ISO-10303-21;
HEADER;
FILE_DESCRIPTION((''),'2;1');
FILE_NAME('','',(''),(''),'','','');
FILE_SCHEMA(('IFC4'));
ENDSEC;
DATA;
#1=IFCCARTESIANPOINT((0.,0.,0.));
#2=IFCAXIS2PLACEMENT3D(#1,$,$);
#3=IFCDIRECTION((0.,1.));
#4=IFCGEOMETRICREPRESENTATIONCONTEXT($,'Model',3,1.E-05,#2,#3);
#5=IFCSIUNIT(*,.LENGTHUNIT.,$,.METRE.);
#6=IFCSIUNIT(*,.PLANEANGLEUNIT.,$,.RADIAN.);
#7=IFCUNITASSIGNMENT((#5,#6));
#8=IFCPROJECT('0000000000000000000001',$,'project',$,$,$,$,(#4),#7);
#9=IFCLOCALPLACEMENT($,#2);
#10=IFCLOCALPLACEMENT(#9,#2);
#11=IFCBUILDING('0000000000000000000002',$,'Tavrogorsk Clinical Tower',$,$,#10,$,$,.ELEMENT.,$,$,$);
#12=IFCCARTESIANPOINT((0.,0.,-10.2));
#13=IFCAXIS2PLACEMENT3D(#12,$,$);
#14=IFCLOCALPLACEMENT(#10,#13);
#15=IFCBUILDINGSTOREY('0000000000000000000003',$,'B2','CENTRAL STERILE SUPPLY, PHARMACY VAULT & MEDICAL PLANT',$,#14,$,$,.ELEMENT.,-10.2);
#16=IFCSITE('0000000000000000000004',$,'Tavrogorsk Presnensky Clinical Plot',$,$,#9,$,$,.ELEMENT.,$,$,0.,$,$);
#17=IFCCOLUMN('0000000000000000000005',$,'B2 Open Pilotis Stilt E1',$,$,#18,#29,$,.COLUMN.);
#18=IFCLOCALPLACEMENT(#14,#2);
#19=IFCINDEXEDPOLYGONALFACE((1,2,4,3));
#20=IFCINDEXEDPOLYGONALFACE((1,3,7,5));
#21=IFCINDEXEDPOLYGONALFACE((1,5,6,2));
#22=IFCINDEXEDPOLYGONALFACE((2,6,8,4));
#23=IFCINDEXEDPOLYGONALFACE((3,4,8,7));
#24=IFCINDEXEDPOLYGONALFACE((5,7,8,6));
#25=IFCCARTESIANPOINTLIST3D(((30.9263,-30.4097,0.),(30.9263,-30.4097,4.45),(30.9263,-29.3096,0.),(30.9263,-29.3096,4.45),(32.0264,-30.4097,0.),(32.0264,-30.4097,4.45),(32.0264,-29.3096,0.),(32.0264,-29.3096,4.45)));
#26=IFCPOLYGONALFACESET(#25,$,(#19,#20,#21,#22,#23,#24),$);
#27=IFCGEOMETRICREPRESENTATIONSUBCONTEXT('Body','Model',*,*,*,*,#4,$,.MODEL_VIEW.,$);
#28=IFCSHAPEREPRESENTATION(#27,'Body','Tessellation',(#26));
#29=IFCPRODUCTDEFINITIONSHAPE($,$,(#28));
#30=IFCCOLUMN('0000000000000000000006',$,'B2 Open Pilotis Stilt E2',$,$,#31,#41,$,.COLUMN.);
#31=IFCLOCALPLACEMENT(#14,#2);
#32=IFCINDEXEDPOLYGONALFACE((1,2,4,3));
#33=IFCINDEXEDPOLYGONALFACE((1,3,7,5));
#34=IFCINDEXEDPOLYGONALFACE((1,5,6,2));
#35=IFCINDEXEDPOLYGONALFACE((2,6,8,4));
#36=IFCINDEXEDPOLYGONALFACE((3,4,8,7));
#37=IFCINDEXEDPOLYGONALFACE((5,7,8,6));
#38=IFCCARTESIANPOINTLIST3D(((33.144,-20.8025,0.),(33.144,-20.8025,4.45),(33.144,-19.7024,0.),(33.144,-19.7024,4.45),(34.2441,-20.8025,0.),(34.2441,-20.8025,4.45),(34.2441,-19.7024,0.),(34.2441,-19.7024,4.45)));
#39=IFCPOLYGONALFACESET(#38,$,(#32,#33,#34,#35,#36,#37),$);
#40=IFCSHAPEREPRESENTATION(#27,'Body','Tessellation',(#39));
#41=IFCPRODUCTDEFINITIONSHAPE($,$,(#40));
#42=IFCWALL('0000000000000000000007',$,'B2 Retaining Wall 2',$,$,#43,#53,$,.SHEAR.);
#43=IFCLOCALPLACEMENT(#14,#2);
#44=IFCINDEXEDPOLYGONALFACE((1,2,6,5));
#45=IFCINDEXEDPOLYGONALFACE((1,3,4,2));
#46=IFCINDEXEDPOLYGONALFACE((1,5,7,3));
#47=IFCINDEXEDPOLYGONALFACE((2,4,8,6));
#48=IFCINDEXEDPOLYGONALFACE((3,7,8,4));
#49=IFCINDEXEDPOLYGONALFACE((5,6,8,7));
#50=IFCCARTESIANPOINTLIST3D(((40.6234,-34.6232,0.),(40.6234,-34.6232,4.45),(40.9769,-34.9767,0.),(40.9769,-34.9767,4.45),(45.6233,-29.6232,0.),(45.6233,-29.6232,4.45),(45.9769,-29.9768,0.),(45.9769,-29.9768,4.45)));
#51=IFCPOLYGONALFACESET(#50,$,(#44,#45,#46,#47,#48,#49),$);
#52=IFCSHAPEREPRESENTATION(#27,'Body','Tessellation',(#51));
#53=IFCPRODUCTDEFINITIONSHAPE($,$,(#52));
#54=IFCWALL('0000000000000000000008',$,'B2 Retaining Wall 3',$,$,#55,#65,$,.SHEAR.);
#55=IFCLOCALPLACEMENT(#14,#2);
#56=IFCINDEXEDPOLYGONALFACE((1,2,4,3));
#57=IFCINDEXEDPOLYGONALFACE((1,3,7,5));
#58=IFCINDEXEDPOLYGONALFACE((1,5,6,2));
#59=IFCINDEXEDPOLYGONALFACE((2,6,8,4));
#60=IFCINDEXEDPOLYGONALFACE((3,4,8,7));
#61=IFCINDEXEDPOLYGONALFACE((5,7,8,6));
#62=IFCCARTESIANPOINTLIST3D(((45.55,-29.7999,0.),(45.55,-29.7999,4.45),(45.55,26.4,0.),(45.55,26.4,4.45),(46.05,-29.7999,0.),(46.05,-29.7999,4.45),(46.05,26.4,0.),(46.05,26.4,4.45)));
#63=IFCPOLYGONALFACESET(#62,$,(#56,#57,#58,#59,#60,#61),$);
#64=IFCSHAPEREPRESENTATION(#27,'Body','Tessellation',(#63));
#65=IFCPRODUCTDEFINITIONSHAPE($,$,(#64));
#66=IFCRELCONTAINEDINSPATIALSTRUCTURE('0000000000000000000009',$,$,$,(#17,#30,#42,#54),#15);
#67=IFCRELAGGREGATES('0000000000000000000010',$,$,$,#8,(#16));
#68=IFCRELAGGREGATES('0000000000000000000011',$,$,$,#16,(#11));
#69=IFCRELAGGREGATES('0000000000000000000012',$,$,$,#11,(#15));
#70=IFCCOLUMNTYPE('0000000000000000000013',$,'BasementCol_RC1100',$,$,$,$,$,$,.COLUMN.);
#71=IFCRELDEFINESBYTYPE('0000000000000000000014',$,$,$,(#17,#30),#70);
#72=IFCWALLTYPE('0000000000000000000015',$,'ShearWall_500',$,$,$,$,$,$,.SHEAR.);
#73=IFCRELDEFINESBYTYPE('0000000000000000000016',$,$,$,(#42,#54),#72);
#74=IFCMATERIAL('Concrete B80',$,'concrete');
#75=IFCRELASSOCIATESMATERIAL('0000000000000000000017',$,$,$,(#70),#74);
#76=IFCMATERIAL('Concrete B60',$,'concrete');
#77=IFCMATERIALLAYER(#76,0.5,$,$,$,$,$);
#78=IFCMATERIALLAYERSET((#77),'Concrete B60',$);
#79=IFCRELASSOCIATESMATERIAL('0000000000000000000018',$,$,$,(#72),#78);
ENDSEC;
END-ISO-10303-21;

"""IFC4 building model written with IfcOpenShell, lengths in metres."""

from ifc_helpers import new_model, si_unit, direction, frame, frame_2d, origin, origin_2d, place, context, subcontext, project, spatial, rectangle, extrude, material, layer, layer_set, material_profile, profile_set, type_object, element, save


model = new_model("IFC4")

# Units and contexts
model_context = context("Model", 3, precision=1e-05, world=origin(), true_north=direction((0.0, 1.0)))
body_context = subcontext(model_context, "Body", "Model", "MODEL_VIEW")
ifc_project = project(units=[si_unit("LENGTHUNIT", "METRE"), si_unit("PLANEANGLEUNIT", "RADIAN")], contexts=[model_context])

# Site, building, storey
site_placement = place(None, origin())
site = spatial("IfcSite", under=ifc_project, at=site_placement, Name="Tavrogorsk Presnensky Clinical Plot", CompositionType="ELEMENT", RefElevation=0.0)
building_placement = place(site_placement, origin())
building = spatial("IfcBuilding", under=site, at=building_placement, Name="Tavrogorsk Clinical Tower", CompositionType="ELEMENT")
storey_placement = place(building_placement, frame((0.0, 0.0, -10.2)))
storey = spatial("IfcBuildingStorey", under=building, at=storey_placement, Name="B2", Description="CENTRAL STERILE SUPPLY, PHARMACY VAULT & MEDICAL PLANT", CompositionType="ELEMENT", Elevation=-10.2)

# Columns
ifc_material_1 = material(Name="Concrete B80", Category="concrete")
ifc_material_profile_1 = material_profile(ifc_material_1, rectangle(XDim=1.1001, YDim=1.1001, at=origin_2d()), Name="RC-COL-1100x1100")
ifc_profile_set_1 = profile_set([ifc_material_profile_1], Name="Concrete B80")
column_type = type_object("IfcColumnType", Name="BasementCol_RC1100", PredefinedType="COLUMN", material=ifc_profile_set_1)
for number, where, z_axis, x_axis, name in (
    (1, (31.4763, -29.8596, 0.0), (0.0, 0.0, 1.0), (1.0, 0.0, 0.0), "B2 Open Pilotis Stilt E1"),
    (2, (33.6941, -20.2524, 0.0), (0.0, 0.0, 1.0), (1.0, 0.0, 0.0), "B2 Open Pilotis Stilt E2"),
):
    element("IfcColumn", number, at=place(storey_placement, frame(where, z_axis=z_axis, x_axis=x_axis)), inside=storey, type_object=column_type, Name=name, PredefinedType="COLUMN", context=body_context, shape_type="SweptSolid", body=[
        extrude(rectangle(XDim=1.1001, YDim=1.1001, at=origin_2d()), origin(), (0.0, 0.0, 1.0), 4.45),
    ])

# Walls
ifc_material_2 = material(Name="Concrete B60", Category="concrete")
ifc_layer = layer(ifc_material_2, 0.5)
ifc_layer_set = layer_set([ifc_layer], Name="Concrete B60")
wall_type = type_object("IfcWallType", Name="ShearWall_500", PredefinedType="SHEAR", material=ifc_layer_set)
wall_1_placement = place(storey_placement, frame((40.8, -34.8, 0.0), z_axis=(0.0, 0.0, 1.0), x_axis=(0.707107, 0.707107, 0.0)))
element("IfcWall", 3, at=wall_1_placement, inside=storey, type_object=wall_type, Name="B2 Retaining Wall 2", PredefinedType="SHEAR", context=body_context, shape_type="SweptSolid", body=[
    extrude(rectangle(XDim=7.071, YDim=0.5, at=frame_2d((3.5356, 0.0))), origin(), (0.0, 0.0, 1.0), 4.45),
])
wall_2_placement = place(storey_placement, frame((45.8, -29.8, 0.0), z_axis=(0.0, 0.0, 1.0), x_axis=(0.0, 1.0, 0.0)))
element("IfcWall", 4, at=wall_2_placement, inside=storey, type_object=wall_type, Name="B2 Retaining Wall 3", PredefinedType="SHEAR", context=body_context, shape_type="SweptSolid", body=[
    extrude(rectangle(XDim=56.2, YDim=0.5, at=frame_2d((28.1001, 0.0))), origin(), (0.0, 0.0, 1.0), 4.45),
])

save(model, "model.ifc")
